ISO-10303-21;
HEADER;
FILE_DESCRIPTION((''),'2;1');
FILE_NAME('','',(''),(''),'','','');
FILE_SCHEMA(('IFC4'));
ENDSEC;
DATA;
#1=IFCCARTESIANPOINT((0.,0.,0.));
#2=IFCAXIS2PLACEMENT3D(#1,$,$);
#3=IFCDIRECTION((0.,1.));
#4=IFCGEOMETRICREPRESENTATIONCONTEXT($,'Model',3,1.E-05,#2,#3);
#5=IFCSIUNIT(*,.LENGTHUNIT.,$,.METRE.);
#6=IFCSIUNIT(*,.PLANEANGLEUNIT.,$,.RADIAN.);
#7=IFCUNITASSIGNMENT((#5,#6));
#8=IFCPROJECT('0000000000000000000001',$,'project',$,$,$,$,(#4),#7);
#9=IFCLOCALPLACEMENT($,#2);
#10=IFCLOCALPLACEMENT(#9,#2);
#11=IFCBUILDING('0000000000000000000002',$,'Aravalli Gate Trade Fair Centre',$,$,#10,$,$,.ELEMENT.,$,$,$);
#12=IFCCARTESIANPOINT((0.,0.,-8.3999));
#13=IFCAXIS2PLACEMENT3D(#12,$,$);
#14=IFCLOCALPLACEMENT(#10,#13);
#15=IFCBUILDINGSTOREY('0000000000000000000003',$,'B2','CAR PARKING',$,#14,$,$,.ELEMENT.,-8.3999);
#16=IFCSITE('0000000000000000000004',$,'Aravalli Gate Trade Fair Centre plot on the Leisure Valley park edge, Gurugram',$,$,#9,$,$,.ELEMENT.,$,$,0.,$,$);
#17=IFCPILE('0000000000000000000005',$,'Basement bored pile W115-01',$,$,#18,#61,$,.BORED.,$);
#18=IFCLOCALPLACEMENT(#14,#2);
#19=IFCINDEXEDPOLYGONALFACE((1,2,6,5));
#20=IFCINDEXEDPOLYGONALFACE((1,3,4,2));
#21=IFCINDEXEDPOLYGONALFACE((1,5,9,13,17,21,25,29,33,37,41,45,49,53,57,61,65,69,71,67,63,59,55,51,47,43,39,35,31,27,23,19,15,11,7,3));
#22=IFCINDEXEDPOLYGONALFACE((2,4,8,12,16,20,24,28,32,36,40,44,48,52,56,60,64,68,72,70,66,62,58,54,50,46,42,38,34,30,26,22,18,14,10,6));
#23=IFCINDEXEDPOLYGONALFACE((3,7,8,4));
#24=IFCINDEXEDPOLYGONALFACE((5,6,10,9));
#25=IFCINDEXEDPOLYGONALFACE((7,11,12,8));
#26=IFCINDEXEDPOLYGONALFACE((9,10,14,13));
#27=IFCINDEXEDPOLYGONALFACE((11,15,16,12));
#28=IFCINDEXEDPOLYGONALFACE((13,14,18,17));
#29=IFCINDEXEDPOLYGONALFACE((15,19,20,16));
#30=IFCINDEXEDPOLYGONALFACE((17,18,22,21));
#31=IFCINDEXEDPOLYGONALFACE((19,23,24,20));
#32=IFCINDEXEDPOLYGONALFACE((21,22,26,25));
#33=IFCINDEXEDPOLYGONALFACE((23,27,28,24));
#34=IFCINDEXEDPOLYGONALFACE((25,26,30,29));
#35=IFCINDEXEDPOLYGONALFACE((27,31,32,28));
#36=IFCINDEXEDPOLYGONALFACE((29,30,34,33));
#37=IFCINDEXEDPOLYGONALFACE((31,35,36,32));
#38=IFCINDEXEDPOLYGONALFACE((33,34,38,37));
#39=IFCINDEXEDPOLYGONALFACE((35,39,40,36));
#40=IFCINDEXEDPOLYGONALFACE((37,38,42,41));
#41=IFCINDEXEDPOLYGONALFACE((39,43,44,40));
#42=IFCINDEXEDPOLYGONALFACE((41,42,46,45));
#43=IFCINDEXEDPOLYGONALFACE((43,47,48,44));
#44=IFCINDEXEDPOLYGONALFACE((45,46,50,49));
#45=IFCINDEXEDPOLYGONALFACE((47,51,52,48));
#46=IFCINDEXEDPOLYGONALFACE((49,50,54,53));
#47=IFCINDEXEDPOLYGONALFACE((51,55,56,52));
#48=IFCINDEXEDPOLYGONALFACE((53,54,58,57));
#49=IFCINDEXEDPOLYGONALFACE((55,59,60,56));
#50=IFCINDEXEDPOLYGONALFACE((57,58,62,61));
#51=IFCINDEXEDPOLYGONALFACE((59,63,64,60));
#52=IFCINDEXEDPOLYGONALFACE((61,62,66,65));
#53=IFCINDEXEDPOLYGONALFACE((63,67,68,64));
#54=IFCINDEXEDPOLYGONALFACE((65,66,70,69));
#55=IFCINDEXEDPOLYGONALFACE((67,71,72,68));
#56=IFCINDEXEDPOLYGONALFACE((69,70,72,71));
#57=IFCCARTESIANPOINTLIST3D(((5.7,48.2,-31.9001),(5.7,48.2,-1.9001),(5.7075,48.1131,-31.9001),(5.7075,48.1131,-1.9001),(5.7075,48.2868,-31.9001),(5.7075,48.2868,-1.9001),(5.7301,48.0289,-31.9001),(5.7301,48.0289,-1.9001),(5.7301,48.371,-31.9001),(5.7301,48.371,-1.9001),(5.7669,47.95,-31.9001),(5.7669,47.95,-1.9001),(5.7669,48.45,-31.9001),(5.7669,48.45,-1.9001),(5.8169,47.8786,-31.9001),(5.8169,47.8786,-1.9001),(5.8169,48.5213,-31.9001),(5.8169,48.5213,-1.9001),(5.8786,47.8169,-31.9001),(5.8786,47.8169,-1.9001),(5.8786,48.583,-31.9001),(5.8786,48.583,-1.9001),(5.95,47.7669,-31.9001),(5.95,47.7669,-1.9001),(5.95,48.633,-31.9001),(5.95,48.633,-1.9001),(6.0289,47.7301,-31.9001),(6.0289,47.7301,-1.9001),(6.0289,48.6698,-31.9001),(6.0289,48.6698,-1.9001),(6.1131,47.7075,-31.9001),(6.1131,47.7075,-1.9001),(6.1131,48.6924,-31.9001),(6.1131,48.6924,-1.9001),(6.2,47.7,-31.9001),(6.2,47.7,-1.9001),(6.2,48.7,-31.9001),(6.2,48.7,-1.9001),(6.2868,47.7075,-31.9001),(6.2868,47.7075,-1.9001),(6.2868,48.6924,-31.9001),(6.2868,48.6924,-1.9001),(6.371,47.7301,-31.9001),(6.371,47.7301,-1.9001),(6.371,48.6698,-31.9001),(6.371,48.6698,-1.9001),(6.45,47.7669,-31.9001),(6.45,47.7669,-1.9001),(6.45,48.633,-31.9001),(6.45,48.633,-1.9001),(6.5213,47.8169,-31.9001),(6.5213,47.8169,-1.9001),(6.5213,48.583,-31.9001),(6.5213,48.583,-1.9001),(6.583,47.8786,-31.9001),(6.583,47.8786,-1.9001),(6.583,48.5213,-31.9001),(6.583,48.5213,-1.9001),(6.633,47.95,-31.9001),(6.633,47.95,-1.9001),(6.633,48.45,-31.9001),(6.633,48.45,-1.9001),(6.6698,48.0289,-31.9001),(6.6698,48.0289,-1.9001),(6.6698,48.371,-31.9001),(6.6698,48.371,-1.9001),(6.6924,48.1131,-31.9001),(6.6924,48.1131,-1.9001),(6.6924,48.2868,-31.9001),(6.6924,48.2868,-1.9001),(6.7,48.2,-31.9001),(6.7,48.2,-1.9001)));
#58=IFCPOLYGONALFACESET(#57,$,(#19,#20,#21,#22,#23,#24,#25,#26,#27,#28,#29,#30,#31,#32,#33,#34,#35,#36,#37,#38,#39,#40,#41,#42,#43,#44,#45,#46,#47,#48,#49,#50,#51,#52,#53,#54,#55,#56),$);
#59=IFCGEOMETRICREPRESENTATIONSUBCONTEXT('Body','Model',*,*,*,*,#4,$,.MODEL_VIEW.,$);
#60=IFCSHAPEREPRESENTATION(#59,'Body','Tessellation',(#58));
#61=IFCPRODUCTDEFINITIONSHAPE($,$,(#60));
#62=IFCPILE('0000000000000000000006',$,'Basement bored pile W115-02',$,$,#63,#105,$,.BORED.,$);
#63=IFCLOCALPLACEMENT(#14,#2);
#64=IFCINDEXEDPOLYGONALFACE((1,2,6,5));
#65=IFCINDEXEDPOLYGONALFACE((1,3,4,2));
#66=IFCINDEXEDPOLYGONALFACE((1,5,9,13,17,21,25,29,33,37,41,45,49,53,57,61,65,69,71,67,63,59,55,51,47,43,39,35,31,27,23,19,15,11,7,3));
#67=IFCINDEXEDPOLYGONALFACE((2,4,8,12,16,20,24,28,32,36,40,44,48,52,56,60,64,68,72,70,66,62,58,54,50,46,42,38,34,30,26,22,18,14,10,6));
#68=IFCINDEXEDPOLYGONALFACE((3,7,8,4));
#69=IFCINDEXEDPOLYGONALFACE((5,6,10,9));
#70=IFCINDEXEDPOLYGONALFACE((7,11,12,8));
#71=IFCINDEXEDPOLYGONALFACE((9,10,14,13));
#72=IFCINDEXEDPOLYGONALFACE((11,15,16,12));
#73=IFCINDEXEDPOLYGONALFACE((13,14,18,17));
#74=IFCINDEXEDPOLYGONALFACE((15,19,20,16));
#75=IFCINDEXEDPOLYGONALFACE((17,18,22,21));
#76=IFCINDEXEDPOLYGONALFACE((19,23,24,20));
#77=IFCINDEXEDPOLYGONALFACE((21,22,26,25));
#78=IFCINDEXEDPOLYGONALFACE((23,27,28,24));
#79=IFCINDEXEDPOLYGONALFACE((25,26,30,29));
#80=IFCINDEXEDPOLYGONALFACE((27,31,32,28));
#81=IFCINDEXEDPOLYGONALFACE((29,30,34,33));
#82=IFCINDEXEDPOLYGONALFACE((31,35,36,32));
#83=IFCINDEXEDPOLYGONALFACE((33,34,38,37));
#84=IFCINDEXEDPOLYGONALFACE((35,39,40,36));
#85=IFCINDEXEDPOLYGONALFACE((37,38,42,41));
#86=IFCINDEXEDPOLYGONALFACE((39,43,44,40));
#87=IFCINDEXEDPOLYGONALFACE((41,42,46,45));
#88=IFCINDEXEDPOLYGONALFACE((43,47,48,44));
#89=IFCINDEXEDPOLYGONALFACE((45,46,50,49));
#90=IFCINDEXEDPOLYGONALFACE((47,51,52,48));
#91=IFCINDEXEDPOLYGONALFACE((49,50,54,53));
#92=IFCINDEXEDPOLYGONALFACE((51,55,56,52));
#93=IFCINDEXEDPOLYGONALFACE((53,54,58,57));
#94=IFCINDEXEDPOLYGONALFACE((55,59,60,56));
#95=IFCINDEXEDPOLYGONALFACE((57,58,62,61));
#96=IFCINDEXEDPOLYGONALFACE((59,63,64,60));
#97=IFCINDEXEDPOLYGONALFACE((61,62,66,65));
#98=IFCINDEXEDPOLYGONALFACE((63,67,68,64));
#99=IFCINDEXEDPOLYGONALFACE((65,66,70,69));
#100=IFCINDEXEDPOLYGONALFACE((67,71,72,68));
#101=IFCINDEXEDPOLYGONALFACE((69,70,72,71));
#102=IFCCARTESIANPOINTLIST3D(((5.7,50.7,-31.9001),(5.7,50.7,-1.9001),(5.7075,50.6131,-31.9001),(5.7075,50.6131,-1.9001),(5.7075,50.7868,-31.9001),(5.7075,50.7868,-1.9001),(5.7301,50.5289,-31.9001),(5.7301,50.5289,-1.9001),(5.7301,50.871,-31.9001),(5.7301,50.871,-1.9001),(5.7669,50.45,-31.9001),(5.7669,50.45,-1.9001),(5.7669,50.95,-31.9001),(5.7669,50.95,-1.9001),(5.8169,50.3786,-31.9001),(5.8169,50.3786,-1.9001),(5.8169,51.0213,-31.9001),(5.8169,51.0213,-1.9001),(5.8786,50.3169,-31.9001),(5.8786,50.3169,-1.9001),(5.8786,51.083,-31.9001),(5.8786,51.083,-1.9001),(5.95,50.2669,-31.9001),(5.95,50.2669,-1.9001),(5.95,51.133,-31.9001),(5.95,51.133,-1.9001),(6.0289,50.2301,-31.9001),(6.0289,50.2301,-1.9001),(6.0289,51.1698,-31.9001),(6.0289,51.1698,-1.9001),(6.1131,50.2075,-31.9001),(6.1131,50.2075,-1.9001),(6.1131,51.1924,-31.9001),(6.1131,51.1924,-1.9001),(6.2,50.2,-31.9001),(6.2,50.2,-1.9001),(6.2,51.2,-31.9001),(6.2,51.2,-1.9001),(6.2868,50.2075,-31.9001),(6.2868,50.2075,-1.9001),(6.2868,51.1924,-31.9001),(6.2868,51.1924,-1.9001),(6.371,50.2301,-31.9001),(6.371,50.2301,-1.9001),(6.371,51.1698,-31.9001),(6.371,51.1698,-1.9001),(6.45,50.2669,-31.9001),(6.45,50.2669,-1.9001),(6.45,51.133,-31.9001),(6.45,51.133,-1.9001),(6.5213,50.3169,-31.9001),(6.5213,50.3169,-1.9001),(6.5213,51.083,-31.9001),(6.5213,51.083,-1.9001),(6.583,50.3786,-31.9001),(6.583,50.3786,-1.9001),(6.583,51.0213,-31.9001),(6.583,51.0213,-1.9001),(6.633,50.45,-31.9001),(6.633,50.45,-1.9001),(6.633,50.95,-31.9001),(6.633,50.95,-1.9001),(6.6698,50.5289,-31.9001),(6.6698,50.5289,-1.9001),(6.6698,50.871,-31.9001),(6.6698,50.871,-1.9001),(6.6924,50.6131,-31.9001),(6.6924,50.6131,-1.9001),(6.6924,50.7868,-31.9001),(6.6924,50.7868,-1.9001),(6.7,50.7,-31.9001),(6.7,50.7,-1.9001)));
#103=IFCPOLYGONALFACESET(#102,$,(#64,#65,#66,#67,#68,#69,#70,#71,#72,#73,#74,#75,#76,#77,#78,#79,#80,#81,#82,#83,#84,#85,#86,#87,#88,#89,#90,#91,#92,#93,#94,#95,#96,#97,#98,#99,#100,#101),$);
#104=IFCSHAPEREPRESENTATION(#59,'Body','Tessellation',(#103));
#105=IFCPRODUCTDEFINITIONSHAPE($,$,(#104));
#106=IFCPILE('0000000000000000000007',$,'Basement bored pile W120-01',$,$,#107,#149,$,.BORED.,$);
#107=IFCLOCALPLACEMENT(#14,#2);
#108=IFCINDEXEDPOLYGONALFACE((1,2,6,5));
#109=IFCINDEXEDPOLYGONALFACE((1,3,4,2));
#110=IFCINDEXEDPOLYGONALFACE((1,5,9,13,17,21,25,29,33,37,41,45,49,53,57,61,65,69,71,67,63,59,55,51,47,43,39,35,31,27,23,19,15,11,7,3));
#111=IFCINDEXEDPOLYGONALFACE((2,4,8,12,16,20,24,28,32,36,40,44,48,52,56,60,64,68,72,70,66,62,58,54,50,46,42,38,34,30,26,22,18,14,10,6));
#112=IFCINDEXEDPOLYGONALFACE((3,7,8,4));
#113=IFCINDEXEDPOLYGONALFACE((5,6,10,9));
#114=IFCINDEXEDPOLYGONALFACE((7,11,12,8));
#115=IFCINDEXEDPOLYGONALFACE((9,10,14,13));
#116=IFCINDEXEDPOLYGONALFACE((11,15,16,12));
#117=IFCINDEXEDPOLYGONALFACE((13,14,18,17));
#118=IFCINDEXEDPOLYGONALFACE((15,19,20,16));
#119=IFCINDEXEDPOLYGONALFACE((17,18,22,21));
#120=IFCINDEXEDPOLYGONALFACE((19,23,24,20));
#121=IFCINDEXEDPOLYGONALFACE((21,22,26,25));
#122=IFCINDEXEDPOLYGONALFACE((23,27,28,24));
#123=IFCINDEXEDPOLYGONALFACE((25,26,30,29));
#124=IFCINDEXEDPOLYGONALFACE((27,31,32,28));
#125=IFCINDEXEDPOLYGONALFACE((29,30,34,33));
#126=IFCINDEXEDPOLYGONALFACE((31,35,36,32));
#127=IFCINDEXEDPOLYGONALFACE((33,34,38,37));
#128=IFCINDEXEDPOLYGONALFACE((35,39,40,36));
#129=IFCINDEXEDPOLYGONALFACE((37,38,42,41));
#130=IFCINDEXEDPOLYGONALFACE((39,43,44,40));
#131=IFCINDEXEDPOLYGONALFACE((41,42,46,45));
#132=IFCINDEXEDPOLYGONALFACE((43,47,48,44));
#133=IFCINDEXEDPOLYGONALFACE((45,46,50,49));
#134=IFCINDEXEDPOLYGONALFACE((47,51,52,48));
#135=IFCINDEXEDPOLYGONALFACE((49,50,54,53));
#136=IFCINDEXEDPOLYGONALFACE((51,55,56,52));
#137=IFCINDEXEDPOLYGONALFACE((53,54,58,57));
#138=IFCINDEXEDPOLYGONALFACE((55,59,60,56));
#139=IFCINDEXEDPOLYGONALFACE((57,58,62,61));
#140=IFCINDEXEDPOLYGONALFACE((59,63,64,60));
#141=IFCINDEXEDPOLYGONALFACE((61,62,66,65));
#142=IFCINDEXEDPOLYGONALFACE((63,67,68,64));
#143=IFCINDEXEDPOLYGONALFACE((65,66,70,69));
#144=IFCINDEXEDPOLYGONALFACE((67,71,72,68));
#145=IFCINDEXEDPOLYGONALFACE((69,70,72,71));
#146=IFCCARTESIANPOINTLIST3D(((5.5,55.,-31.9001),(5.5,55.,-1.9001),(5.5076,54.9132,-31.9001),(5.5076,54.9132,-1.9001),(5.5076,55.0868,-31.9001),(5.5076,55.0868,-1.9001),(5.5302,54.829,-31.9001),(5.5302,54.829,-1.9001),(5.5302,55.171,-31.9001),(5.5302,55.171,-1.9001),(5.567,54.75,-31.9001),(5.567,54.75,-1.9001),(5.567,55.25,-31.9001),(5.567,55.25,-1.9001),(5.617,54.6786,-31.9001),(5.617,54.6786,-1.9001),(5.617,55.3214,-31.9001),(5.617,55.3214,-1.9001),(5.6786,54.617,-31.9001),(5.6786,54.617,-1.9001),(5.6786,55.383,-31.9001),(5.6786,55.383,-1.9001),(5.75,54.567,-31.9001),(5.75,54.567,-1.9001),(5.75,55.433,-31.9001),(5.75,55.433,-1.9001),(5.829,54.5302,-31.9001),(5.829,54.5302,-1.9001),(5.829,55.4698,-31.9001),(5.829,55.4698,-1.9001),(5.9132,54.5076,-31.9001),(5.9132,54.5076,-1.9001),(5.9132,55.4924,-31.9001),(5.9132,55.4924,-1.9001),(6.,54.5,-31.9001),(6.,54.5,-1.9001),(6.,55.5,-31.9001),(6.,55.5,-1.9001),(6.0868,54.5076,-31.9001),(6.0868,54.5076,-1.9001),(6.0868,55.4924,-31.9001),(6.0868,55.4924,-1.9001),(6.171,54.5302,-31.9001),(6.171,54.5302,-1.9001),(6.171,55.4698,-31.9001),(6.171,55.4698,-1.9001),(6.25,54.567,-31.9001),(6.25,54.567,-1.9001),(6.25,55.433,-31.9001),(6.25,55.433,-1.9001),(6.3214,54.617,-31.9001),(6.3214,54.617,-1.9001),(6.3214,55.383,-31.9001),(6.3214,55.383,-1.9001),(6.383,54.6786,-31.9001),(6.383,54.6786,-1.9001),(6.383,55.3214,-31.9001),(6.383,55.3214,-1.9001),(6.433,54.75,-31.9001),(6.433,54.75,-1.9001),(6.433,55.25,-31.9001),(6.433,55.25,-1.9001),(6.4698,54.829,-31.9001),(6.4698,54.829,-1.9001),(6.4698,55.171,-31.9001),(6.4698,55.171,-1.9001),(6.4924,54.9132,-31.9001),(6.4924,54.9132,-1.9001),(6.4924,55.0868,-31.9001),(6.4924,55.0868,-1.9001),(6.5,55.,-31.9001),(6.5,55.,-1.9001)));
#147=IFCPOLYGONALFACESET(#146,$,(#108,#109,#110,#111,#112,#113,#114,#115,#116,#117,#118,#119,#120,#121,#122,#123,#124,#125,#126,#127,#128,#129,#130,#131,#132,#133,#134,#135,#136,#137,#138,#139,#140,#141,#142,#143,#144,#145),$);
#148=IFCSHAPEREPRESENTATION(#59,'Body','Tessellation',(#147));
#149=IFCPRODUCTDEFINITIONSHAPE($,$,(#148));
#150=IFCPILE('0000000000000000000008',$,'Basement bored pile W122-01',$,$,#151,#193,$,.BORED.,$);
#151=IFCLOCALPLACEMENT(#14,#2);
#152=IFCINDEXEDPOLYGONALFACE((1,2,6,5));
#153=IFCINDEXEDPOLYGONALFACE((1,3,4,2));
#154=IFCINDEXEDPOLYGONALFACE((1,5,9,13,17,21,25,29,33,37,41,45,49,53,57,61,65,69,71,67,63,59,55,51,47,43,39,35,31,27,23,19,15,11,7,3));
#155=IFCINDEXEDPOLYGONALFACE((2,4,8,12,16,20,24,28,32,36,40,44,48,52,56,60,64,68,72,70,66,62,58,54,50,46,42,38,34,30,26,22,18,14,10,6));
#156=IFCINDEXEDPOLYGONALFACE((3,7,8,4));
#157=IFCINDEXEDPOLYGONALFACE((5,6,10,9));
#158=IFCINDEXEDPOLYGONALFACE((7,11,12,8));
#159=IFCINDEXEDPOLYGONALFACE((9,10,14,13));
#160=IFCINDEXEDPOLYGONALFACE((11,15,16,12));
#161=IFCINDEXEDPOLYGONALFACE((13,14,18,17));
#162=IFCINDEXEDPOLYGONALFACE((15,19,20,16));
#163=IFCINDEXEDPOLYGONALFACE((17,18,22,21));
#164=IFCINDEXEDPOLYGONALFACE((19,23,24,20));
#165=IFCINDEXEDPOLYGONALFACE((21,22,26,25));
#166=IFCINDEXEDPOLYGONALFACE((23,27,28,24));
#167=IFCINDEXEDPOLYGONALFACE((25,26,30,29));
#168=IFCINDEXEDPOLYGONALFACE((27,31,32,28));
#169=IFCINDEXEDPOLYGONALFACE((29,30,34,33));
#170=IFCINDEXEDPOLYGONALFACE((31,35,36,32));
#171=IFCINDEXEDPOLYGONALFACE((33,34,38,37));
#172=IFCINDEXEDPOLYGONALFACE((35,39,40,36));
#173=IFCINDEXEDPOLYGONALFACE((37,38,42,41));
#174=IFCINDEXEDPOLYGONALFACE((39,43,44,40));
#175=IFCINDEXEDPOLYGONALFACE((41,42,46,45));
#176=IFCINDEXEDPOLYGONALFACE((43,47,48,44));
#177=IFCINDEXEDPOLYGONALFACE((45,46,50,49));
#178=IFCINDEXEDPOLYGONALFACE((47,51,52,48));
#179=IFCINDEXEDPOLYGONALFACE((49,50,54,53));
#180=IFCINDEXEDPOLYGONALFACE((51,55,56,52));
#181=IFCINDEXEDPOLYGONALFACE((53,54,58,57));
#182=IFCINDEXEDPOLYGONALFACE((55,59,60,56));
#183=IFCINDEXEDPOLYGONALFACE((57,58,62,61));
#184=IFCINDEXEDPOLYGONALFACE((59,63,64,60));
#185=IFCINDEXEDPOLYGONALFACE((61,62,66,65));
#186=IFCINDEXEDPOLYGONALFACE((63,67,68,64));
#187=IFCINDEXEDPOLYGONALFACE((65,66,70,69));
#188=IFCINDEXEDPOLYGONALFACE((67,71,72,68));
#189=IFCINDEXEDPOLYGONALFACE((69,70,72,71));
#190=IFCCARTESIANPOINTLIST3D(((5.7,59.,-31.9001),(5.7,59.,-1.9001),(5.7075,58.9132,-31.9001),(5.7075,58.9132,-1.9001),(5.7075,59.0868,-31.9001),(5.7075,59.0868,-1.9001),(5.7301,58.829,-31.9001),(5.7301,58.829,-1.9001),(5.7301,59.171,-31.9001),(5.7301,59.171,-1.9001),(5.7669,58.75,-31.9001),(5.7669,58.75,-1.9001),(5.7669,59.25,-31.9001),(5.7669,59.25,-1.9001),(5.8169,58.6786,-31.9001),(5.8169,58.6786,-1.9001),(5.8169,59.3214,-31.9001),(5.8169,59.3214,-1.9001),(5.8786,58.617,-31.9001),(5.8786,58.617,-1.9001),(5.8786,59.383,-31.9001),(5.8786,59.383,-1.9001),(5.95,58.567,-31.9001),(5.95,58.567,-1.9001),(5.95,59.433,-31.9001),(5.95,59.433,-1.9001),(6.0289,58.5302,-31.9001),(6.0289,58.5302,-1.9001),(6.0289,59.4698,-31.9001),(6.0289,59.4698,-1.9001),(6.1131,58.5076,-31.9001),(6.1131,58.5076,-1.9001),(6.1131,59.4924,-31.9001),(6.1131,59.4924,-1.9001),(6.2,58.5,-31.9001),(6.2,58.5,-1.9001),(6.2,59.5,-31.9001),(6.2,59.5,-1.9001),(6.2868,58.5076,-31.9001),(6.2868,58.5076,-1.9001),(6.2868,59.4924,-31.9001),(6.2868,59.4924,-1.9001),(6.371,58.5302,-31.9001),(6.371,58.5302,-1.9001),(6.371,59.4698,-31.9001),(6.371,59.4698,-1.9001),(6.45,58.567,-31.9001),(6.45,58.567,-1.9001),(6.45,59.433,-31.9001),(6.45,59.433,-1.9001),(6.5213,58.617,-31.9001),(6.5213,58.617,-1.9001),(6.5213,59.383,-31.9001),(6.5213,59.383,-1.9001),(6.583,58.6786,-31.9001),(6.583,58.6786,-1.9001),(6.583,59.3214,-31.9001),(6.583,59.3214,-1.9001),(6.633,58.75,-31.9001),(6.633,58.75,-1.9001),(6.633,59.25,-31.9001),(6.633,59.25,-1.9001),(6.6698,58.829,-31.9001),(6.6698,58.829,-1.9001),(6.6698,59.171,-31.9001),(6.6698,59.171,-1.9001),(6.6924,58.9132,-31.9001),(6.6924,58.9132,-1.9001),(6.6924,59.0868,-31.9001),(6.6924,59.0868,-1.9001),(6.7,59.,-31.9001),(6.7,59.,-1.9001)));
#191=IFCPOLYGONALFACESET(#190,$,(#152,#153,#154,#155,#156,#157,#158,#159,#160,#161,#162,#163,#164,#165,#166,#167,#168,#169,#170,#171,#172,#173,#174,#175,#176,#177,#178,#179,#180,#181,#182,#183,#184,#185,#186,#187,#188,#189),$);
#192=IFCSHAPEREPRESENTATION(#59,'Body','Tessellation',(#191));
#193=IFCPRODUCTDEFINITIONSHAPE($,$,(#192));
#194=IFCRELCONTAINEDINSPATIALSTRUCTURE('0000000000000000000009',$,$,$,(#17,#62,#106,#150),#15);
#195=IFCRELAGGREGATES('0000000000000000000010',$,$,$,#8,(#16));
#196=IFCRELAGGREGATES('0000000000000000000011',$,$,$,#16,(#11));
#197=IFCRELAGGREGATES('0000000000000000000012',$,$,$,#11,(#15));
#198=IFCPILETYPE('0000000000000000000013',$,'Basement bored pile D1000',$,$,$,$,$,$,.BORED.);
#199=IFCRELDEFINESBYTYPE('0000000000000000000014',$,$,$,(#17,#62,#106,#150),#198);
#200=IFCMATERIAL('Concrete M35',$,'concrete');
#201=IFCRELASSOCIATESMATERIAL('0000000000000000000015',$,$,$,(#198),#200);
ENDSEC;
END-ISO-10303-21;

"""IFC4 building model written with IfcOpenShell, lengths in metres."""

from ifc_helpers import new_model, si_unit, direction, frame, origin, origin_2d, place, context, subcontext, project, spatial, circle, extrude, material, material_profile, profile_set, type_object, element, save


model = new_model("IFC4")

# Units and contexts
model_context = context("Model", 3, precision=1e-05, world=origin(), true_north=direction((0.0, 1.0)))
body_context = subcontext(model_context, "Body", "Model", "MODEL_VIEW")
ifc_project = project(units=[si_unit("LENGTHUNIT", "METRE"), si_unit("PLANEANGLEUNIT", "RADIAN")], contexts=[model_context])

# Site, building, storey
site_placement = place(None, origin())
site = spatial("IfcSite", under=ifc_project, at=site_placement, Name="Aravalli Gate Trade Fair Centre plot on the Leisure Valley park edge, Gurugram", CompositionType="ELEMENT", RefElevation=0.0)
building_placement = place(site_placement, origin())
building = spatial("IfcBuilding", under=site, at=building_placement, Name="Aravalli Gate Trade Fair Centre", CompositionType="ELEMENT")
storey_placement = place(building_placement, frame((0.0, 0.0, -8.3999)))
storey = spatial("IfcBuildingStorey", under=building, at=storey_placement, Name="B2", Description="CAR PARKING", CompositionType="ELEMENT", Elevation=-8.3999)

# Piles
ifc_material_1 = material(Name="Concrete M35", Category="concrete")
ifc_material_profile_1 = material_profile(ifc_material_1, circle(Radius=0.5, at=origin_2d()), Name="D1000")
ifc_profile_set_1 = profile_set([ifc_material_profile_1], Name="Concrete M35")
pile_type = type_object("IfcPileType", Name="Basement bored pile D1000", PredefinedType="BORED", material=ifc_profile_set_1)
for number, where, z_axis, x_axis, name in (
    (1, (6.2, 48.2, -1.9001), (0.0, 0.0, -1.0), (1.0, 0.0, 0.0), "Basement bored pile W115-01"),
    (2, (6.2, 50.7, -1.9001), (0.0, 0.0, -1.0), (1.0, 0.0, 0.0), "Basement bored pile W115-02"),
    (3, (6.0, 55.0, -1.9001), (0.0, 0.0, -1.0), (1.0, 0.0, 0.0), "Basement bored pile W120-01"),
    (4, (6.2, 59.0, -1.9001), (0.0, 0.0, -1.0), (1.0, 0.0, 0.0), "Basement bored pile W122-01"),
):
    element("IfcPile", number, at=place(storey_placement, frame(where, z_axis=z_axis, x_axis=x_axis)), inside=storey, type_object=pile_type, Name=name, PredefinedType="BORED", context=body_context, shape_type="SweptSolid", body=[
        extrude(circle(Radius=0.5, at=origin_2d()), origin(), (0.0, 0.0, 1.0), 30.0),
    ])

save(model, "model.ifc")
